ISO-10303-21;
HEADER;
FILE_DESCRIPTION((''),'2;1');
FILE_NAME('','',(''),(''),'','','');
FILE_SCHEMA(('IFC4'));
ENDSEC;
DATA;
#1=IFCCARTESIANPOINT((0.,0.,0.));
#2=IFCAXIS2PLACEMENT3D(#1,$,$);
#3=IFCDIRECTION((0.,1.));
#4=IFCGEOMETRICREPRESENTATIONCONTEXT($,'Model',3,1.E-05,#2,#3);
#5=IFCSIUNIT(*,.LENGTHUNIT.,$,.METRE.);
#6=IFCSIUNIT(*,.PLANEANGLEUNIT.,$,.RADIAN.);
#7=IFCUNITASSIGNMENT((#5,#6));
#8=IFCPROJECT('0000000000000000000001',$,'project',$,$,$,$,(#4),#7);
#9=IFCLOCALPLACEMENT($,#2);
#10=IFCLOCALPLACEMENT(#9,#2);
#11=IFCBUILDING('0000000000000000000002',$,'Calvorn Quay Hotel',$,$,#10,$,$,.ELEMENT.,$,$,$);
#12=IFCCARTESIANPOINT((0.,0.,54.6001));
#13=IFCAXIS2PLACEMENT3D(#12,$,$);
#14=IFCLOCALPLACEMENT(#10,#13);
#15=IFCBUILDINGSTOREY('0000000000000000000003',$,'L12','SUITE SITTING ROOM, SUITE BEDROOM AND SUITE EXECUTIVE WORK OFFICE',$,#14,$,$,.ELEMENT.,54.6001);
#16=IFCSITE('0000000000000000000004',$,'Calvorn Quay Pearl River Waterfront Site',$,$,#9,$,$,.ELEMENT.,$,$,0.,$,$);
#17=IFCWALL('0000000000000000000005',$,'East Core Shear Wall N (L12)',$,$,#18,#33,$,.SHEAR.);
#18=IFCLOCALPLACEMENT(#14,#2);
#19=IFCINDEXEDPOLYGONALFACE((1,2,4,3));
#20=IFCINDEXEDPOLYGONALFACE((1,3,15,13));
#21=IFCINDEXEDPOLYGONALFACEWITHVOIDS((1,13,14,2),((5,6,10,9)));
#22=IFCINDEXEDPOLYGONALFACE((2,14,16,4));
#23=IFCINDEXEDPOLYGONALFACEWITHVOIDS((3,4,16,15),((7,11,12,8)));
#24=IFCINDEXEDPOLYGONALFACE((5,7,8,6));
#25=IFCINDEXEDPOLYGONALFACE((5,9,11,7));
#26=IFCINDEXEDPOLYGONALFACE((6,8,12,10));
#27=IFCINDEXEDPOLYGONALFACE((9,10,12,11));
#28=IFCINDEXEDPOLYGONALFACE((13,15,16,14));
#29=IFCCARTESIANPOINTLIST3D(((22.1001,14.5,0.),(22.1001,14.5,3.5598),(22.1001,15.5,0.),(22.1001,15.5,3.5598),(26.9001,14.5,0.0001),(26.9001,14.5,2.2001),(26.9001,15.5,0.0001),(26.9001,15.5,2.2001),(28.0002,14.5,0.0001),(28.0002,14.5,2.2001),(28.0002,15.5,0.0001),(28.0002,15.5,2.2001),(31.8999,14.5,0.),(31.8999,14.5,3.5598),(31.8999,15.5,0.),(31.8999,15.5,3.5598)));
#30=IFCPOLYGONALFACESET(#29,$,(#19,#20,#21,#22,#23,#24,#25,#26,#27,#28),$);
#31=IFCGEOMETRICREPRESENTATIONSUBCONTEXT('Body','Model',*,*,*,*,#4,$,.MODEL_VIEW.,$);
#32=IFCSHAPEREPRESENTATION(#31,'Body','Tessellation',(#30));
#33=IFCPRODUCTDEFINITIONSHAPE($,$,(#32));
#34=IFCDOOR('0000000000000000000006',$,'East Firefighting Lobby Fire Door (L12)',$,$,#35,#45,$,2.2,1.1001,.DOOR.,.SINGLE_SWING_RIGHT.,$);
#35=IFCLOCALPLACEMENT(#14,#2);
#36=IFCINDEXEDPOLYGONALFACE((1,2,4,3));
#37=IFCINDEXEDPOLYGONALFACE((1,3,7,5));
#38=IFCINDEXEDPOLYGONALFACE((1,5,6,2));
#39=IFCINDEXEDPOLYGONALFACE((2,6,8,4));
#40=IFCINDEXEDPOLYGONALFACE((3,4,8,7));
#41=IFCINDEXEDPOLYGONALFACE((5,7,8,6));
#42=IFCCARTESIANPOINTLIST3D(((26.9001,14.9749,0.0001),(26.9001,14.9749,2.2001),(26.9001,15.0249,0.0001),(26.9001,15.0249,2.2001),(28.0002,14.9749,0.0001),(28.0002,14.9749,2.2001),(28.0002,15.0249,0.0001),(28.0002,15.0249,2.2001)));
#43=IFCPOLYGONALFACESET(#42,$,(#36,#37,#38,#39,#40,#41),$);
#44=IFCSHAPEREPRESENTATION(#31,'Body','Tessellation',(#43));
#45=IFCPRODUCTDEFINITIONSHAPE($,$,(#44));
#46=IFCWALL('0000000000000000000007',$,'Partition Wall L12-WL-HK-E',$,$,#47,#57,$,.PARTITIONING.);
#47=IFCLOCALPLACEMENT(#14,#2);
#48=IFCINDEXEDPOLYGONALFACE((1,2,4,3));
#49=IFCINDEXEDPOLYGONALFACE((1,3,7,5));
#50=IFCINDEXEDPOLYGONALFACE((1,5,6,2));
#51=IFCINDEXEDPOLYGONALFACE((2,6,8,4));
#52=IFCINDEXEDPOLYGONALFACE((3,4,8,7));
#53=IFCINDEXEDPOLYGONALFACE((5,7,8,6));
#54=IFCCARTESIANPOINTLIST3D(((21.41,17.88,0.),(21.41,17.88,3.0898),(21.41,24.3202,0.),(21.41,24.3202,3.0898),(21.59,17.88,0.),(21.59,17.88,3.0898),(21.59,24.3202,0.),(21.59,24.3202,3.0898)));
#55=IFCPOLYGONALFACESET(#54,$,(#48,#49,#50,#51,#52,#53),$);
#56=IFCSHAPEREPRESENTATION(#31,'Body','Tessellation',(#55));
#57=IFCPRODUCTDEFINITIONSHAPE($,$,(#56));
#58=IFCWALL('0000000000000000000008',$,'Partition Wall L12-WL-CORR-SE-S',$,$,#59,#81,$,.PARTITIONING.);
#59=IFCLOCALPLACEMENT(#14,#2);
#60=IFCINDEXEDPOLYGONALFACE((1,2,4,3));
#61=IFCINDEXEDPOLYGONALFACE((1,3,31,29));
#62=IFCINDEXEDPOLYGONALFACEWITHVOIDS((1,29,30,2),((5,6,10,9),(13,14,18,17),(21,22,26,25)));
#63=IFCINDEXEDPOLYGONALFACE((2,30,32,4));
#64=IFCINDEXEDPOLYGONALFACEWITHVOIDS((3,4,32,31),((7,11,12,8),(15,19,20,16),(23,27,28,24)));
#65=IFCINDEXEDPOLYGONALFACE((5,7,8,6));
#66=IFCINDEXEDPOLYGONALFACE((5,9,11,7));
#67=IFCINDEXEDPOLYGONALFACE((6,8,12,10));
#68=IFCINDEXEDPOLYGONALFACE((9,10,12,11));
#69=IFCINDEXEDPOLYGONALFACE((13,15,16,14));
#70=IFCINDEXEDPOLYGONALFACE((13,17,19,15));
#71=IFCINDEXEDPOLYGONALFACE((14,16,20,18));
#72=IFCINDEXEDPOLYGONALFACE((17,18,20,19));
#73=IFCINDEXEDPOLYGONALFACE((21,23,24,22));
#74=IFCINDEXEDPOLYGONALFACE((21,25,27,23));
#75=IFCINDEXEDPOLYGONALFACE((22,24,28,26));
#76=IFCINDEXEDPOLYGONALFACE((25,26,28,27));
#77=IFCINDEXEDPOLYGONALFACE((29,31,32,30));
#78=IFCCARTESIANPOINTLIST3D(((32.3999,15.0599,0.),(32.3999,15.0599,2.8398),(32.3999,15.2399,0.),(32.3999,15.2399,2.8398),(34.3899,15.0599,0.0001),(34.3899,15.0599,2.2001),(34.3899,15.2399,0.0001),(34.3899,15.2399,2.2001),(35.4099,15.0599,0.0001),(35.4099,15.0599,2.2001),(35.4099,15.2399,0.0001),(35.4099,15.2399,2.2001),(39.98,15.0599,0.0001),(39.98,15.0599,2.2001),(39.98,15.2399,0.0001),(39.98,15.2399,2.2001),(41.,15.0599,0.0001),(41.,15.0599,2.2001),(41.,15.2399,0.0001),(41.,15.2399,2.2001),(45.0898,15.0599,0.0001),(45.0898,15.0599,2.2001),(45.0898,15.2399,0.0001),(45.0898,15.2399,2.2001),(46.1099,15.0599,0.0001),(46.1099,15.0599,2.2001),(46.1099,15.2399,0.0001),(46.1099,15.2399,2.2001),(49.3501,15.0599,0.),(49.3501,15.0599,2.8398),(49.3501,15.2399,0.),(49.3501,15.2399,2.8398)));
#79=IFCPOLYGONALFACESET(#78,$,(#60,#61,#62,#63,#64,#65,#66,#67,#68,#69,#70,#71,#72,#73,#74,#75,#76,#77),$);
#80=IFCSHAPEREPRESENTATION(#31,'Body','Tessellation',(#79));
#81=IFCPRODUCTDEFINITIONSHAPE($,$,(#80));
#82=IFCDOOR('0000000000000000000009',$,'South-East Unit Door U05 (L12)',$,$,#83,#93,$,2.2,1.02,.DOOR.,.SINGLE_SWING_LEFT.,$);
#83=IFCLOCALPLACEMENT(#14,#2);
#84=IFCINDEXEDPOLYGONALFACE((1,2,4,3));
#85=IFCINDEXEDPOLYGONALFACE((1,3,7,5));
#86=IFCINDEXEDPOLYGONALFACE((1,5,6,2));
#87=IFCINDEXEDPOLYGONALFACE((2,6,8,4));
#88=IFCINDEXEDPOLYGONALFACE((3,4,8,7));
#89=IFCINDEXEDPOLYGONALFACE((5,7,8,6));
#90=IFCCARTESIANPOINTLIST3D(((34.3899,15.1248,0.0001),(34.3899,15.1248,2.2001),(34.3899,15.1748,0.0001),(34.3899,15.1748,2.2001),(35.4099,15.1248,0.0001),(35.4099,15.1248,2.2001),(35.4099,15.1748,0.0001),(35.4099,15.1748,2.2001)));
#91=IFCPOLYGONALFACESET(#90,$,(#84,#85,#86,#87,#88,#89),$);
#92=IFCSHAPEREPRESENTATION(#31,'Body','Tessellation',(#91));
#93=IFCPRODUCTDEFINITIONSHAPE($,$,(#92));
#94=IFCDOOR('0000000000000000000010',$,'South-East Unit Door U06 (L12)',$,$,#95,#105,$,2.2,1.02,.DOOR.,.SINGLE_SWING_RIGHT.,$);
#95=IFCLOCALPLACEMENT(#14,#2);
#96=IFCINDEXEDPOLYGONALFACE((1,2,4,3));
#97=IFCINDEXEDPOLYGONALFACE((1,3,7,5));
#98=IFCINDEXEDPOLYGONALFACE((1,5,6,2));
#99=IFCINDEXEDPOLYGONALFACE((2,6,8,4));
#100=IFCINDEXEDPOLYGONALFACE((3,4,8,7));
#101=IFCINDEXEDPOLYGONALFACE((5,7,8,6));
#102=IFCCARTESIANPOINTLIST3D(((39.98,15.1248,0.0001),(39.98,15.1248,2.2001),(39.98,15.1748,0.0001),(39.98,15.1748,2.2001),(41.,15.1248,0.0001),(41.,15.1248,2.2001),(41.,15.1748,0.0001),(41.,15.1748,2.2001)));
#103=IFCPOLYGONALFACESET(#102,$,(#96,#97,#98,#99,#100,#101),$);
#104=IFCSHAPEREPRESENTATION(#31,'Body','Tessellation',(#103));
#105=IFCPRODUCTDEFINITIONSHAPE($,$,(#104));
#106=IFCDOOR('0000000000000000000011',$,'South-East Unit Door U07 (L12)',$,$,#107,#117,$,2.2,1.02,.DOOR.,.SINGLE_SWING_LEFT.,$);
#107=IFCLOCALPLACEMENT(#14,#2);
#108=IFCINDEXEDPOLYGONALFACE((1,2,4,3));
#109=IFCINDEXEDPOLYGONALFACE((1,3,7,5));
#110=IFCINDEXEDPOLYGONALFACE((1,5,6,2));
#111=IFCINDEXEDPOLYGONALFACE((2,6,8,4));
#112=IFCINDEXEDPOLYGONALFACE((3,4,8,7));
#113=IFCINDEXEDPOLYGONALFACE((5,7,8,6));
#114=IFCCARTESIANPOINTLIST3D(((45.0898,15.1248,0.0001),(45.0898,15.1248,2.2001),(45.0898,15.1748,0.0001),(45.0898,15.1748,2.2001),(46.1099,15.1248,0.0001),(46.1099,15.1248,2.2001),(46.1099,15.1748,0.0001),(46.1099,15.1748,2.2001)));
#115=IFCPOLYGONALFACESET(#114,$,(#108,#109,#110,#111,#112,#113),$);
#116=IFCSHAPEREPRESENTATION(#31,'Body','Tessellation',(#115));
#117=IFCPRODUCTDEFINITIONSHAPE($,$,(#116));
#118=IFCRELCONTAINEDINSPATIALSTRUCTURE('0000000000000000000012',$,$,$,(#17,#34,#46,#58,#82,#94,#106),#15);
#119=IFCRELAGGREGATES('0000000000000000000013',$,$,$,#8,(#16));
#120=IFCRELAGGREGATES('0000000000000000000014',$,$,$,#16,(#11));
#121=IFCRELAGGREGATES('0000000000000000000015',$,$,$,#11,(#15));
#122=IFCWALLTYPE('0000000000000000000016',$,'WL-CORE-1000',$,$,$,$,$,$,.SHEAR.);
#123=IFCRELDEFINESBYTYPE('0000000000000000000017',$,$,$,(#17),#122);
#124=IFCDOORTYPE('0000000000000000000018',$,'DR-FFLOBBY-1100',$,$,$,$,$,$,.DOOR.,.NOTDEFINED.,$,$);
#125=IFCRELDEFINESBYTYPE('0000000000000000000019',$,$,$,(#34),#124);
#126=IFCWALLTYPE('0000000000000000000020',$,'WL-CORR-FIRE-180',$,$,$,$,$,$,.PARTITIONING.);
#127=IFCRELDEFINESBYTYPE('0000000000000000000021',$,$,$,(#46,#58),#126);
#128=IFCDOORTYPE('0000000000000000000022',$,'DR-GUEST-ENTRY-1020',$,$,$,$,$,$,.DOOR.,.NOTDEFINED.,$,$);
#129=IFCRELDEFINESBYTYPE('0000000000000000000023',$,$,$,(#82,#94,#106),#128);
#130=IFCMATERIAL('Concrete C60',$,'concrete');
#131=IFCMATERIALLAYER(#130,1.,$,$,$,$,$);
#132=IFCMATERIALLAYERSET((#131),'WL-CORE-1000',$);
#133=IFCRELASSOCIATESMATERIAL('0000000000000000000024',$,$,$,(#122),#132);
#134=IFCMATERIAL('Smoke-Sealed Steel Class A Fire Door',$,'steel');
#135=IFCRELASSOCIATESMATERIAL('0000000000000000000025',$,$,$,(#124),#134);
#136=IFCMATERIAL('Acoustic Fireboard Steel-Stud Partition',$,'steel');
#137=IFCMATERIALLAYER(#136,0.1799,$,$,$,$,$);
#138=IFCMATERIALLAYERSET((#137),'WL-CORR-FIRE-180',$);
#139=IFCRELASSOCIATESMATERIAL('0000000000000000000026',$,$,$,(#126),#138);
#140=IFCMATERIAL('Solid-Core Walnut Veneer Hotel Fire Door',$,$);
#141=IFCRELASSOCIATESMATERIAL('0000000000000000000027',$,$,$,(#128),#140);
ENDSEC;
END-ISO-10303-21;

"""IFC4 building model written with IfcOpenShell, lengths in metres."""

from ifc_helpers import new_model, si_unit, direction, frame, frame_2d, origin, place, context, subcontext, project, spatial, rectangle, extrude, material, layer, layer_set, type_object, element, fill, save


model = new_model("IFC4")

# Units and contexts
model_context = context("Model", 3, precision=1e-05, world=origin(), true_north=direction((0.0, 1.0)))
body_context = subcontext(model_context, "Body", "Model", "MODEL_VIEW")
ifc_project = project(units=[si_unit("LENGTHUNIT", "METRE"), si_unit("PLANEANGLEUNIT", "RADIAN")], contexts=[model_context])

# Site, building, storey
site_placement = place(None, origin())
site = spatial("IfcSite", under=ifc_project, at=site_placement, Name="Calvorn Quay Pearl River Waterfront Site", CompositionType="ELEMENT", RefElevation=0.0)
building_placement = place(site_placement, origin())
building = spatial("IfcBuilding", under=site, at=building_placement, Name="Calvorn Quay Hotel", CompositionType="ELEMENT")
storey_placement = place(building_placement, frame((0.0, 0.0, 54.6001)))
storey = spatial("IfcBuildingStorey", under=building, at=storey_placement, Name="L12", Description="SUITE SITTING ROOM, SUITE BEDROOM AND SUITE EXECUTIVE WORK OFFICE", CompositionType="ELEMENT", Elevation=54.6001)

# Wall, opening, door
ifc_material_1 = material(Name="Concrete C60", Category="concrete")
ifc_layer_1 = layer(ifc_material_1, 1.0)
ifc_layer_set_1 = layer_set([ifc_layer_1], Name="WL-CORE-1000")
wall_type_1 = type_object("IfcWallType", Name="WL-CORE-1000", PredefinedType="SHEAR", material=ifc_layer_set_1)
wall_1_placement = place(storey_placement, frame((22.1001, 15.0, 0.0), z_axis=(0.0, 0.0, 1.0), x_axis=(1.0, 0.0, 0.0)))
wall_1 = element("IfcWall", 1, at=wall_1_placement, inside=storey, type_object=wall_type_1, Name="East Core Shear Wall N (L12)", PredefinedType="SHEAR", context=body_context, shape_type="SweptSolid", body=[
    extrude(rectangle(XDim=9.7998, YDim=1.0, at=frame_2d((4.8999, 0.0))), origin(), (0.0, 0.0, 1.0), 3.5598),
])
opening_1_placement = place(wall_1_placement, frame((4.8, 0.0, 0.0)))
opening_1 = element("IfcOpeningElement", 2, at=opening_1_placement, cuts=wall_1, PredefinedType="OPENING", context=body_context, shape_type="SweptSolid", body=[
    extrude(rectangle(XDim=1.1001, YDim=2.2, at=frame_2d((0.55, 1.1001))), frame((0.0, 0.51, 0.0), z_axis=(0.0, -1.0, 0.0), x_axis=(1.0, 0.0, 0.0)), (0.0, 0.0, 1.0), 1.02),
])
ifc_material_2 = material(Name="Smoke-Sealed Steel Class A Fire Door", Category="steel")
door_type_1 = type_object("IfcDoorType", Name="DR-FFLOBBY-1100", OperationType="NOTDEFINED", PredefinedType="DOOR", material=ifc_material_2)
door_1_placement = place(opening_1_placement, origin())
door_1 = element("IfcDoor", 3, at=door_1_placement, inside=storey, type_object=door_type_1, Name="East Firefighting Lobby Fire Door (L12)", OperationType="SINGLE_SWING_RIGHT", OverallHeight=2.2, OverallWidth=1.1001, PredefinedType="DOOR", context=body_context, shape_type="SweptSolid", body=[
    extrude(rectangle(XDim=1.1001, YDim=2.2, at=frame_2d((0.55, 1.1001))), frame((0.0, 0.0249, 0.0), z_axis=(0.0, -1.0, 0.0), x_axis=(1.0, 0.0, 0.0)), (0.0, 0.0, 1.0), 0.05),
])
fill(opening_1, door_1)

# Wall
ifc_material_3 = material(Name="Acoustic Fireboard Steel-Stud Partition", Category="steel")
ifc_layer_2 = layer(ifc_material_3, 0.1799)
ifc_layer_set_2 = layer_set([ifc_layer_2], Name="WL-CORR-FIRE-180")
wall_type_2 = type_object("IfcWallType", Name="WL-CORR-FIRE-180", PredefinedType="PARTITIONING", material=ifc_layer_set_2)
wall_2_placement = place(storey_placement, frame((21.5, 17.8799, 0.0), z_axis=(0.0, 0.0, 1.0), x_axis=(0.0, 1.0, 0.0)))
element("IfcWall", 4, at=wall_2_placement, inside=storey, type_object=wall_type_2, Name="Partition Wall L12-WL-HK-E", PredefinedType="PARTITIONING", context=body_context, shape_type="SweptSolid", body=[
    extrude(rectangle(XDim=6.4402, YDim=0.1799, at=frame_2d((3.2202, 0.0))), origin(), (0.0, 0.0, 1.0), 3.0898),
])

# Wall, openings, doors
wall_3_placement = place(storey_placement, frame((32.3999, 15.1499, 0.0), z_axis=(0.0, 0.0, 1.0), x_axis=(1.0, 0.0, 0.0)))
wall_3 = element("IfcWall", 5, at=wall_3_placement, inside=storey, type_object=wall_type_2, Name="Partition Wall L12-WL-CORR-SE-S", PredefinedType="PARTITIONING", context=body_context, shape_type="SweptSolid", body=[
    extrude(rectangle(XDim=16.9502, YDim=0.1799, at=frame_2d((8.4751, 0.0))), origin(), (0.0, 0.0, 1.0), 2.8398),
])
opening_2_placement = place(wall_3_placement, frame((1.99, 0.0, 0.0)))
opening_2 = element("IfcOpeningElement", 6, at=opening_2_placement, cuts=wall_3, PredefinedType="OPENING", context=body_context, shape_type="SweptSolid", body=[
    extrude(rectangle(XDim=1.02, YDim=2.2, at=frame_2d((0.51, 1.1001))), frame((0.0, 0.0999, 0.0), z_axis=(0.0, -1.0, 0.0), x_axis=(1.0, 0.0, 0.0)), (0.0, 0.0, 1.0), 0.2),
])
opening_3_placement = place(wall_3_placement, frame((7.5801, 0.0, 0.0)))
opening_3 = element("IfcOpeningElement", 7, at=opening_3_placement, cuts=wall_3, PredefinedType="OPENING", context=body_context, shape_type="SweptSolid", body=[
    extrude(rectangle(XDim=1.02, YDim=2.2, at=frame_2d((0.51, 1.1001))), frame((0.0, 0.0999, 0.0), z_axis=(0.0, -1.0, 0.0), x_axis=(1.0, 0.0, 0.0)), (0.0, 0.0, 1.0), 0.2),
])
opening_4_placement = place(wall_3_placement, frame((12.6899, 0.0, 0.0)))
opening_4 = element("IfcOpeningElement", 8, at=opening_4_placement, cuts=wall_3, PredefinedType="OPENING", context=body_context, shape_type="SweptSolid", body=[
    extrude(rectangle(XDim=1.02, YDim=2.2, at=frame_2d((0.51, 1.1001))), frame((0.0, 0.0999, 0.0), z_axis=(0.0, -1.0, 0.0), x_axis=(1.0, 0.0, 0.0)), (0.0, 0.0, 1.0), 0.2),
])
ifc_material_4 = material(Name="Solid-Core Walnut Veneer Hotel Fire Door")
door_type_2 = type_object("IfcDoorType", Name="DR-GUEST-ENTRY-1020", OperationType="NOTDEFINED", PredefinedType="DOOR", material=ifc_material_4)
door_2_placement = place(opening_2_placement, origin())
door_2 = element("IfcDoor", 9, at=door_2_placement, inside=storey, type_object=door_type_2, Name="South-East Unit Door U05 (L12)", OperationType="SINGLE_SWING_LEFT", OverallHeight=2.2, OverallWidth=1.02, PredefinedType="DOOR", context=body_context, shape_type="SweptSolid", body=[
    extrude(rectangle(XDim=1.02, YDim=2.2, at=frame_2d((0.51, 1.1001))), frame((0.0, 0.0249, 0.0), z_axis=(0.0, -1.0, 0.0), x_axis=(1.0, 0.0, 0.0)), (0.0, 0.0, 1.0), 0.05),
])
fill(opening_2, door_2)
door_3_placement = place(opening_3_placement, origin())
door_3 = element("IfcDoor", 10, at=door_3_placement, inside=storey, type_object=door_type_2, Name="South-East Unit Door U06 (L12)", OperationType="SINGLE_SWING_RIGHT", OverallHeight=2.2, OverallWidth=1.02, PredefinedType="DOOR", context=body_context, shape_type="SweptSolid", body=[
    extrude(rectangle(XDim=1.02, YDim=2.2, at=frame_2d((0.51, 1.1001))), frame((0.0, 0.0249, 0.0), z_axis=(0.0, -1.0, 0.0), x_axis=(1.0, 0.0, 0.0)), (0.0, 0.0, 1.0), 0.05),
])
fill(opening_3, door_3)
door_4_placement = place(opening_4_placement, origin())
door_4 = element("IfcDoor", 11, at=door_4_placement, inside=storey, type_object=door_type_2, Name="South-East Unit Door U07 (L12)", OperationType="SINGLE_SWING_LEFT", OverallHeight=2.2, OverallWidth=1.02, PredefinedType="DOOR", context=body_context, shape_type="SweptSolid", body=[
    extrude(rectangle(XDim=1.02, YDim=2.2, at=frame_2d((0.51, 1.1001))), frame((0.0, 0.0249, 0.0), z_axis=(0.0, -1.0, 0.0), x_axis=(1.0, 0.0, 0.0)), (0.0, 0.0, 1.0), 0.05),
])
fill(opening_4, door_4)

save(model, "model.ifc")
